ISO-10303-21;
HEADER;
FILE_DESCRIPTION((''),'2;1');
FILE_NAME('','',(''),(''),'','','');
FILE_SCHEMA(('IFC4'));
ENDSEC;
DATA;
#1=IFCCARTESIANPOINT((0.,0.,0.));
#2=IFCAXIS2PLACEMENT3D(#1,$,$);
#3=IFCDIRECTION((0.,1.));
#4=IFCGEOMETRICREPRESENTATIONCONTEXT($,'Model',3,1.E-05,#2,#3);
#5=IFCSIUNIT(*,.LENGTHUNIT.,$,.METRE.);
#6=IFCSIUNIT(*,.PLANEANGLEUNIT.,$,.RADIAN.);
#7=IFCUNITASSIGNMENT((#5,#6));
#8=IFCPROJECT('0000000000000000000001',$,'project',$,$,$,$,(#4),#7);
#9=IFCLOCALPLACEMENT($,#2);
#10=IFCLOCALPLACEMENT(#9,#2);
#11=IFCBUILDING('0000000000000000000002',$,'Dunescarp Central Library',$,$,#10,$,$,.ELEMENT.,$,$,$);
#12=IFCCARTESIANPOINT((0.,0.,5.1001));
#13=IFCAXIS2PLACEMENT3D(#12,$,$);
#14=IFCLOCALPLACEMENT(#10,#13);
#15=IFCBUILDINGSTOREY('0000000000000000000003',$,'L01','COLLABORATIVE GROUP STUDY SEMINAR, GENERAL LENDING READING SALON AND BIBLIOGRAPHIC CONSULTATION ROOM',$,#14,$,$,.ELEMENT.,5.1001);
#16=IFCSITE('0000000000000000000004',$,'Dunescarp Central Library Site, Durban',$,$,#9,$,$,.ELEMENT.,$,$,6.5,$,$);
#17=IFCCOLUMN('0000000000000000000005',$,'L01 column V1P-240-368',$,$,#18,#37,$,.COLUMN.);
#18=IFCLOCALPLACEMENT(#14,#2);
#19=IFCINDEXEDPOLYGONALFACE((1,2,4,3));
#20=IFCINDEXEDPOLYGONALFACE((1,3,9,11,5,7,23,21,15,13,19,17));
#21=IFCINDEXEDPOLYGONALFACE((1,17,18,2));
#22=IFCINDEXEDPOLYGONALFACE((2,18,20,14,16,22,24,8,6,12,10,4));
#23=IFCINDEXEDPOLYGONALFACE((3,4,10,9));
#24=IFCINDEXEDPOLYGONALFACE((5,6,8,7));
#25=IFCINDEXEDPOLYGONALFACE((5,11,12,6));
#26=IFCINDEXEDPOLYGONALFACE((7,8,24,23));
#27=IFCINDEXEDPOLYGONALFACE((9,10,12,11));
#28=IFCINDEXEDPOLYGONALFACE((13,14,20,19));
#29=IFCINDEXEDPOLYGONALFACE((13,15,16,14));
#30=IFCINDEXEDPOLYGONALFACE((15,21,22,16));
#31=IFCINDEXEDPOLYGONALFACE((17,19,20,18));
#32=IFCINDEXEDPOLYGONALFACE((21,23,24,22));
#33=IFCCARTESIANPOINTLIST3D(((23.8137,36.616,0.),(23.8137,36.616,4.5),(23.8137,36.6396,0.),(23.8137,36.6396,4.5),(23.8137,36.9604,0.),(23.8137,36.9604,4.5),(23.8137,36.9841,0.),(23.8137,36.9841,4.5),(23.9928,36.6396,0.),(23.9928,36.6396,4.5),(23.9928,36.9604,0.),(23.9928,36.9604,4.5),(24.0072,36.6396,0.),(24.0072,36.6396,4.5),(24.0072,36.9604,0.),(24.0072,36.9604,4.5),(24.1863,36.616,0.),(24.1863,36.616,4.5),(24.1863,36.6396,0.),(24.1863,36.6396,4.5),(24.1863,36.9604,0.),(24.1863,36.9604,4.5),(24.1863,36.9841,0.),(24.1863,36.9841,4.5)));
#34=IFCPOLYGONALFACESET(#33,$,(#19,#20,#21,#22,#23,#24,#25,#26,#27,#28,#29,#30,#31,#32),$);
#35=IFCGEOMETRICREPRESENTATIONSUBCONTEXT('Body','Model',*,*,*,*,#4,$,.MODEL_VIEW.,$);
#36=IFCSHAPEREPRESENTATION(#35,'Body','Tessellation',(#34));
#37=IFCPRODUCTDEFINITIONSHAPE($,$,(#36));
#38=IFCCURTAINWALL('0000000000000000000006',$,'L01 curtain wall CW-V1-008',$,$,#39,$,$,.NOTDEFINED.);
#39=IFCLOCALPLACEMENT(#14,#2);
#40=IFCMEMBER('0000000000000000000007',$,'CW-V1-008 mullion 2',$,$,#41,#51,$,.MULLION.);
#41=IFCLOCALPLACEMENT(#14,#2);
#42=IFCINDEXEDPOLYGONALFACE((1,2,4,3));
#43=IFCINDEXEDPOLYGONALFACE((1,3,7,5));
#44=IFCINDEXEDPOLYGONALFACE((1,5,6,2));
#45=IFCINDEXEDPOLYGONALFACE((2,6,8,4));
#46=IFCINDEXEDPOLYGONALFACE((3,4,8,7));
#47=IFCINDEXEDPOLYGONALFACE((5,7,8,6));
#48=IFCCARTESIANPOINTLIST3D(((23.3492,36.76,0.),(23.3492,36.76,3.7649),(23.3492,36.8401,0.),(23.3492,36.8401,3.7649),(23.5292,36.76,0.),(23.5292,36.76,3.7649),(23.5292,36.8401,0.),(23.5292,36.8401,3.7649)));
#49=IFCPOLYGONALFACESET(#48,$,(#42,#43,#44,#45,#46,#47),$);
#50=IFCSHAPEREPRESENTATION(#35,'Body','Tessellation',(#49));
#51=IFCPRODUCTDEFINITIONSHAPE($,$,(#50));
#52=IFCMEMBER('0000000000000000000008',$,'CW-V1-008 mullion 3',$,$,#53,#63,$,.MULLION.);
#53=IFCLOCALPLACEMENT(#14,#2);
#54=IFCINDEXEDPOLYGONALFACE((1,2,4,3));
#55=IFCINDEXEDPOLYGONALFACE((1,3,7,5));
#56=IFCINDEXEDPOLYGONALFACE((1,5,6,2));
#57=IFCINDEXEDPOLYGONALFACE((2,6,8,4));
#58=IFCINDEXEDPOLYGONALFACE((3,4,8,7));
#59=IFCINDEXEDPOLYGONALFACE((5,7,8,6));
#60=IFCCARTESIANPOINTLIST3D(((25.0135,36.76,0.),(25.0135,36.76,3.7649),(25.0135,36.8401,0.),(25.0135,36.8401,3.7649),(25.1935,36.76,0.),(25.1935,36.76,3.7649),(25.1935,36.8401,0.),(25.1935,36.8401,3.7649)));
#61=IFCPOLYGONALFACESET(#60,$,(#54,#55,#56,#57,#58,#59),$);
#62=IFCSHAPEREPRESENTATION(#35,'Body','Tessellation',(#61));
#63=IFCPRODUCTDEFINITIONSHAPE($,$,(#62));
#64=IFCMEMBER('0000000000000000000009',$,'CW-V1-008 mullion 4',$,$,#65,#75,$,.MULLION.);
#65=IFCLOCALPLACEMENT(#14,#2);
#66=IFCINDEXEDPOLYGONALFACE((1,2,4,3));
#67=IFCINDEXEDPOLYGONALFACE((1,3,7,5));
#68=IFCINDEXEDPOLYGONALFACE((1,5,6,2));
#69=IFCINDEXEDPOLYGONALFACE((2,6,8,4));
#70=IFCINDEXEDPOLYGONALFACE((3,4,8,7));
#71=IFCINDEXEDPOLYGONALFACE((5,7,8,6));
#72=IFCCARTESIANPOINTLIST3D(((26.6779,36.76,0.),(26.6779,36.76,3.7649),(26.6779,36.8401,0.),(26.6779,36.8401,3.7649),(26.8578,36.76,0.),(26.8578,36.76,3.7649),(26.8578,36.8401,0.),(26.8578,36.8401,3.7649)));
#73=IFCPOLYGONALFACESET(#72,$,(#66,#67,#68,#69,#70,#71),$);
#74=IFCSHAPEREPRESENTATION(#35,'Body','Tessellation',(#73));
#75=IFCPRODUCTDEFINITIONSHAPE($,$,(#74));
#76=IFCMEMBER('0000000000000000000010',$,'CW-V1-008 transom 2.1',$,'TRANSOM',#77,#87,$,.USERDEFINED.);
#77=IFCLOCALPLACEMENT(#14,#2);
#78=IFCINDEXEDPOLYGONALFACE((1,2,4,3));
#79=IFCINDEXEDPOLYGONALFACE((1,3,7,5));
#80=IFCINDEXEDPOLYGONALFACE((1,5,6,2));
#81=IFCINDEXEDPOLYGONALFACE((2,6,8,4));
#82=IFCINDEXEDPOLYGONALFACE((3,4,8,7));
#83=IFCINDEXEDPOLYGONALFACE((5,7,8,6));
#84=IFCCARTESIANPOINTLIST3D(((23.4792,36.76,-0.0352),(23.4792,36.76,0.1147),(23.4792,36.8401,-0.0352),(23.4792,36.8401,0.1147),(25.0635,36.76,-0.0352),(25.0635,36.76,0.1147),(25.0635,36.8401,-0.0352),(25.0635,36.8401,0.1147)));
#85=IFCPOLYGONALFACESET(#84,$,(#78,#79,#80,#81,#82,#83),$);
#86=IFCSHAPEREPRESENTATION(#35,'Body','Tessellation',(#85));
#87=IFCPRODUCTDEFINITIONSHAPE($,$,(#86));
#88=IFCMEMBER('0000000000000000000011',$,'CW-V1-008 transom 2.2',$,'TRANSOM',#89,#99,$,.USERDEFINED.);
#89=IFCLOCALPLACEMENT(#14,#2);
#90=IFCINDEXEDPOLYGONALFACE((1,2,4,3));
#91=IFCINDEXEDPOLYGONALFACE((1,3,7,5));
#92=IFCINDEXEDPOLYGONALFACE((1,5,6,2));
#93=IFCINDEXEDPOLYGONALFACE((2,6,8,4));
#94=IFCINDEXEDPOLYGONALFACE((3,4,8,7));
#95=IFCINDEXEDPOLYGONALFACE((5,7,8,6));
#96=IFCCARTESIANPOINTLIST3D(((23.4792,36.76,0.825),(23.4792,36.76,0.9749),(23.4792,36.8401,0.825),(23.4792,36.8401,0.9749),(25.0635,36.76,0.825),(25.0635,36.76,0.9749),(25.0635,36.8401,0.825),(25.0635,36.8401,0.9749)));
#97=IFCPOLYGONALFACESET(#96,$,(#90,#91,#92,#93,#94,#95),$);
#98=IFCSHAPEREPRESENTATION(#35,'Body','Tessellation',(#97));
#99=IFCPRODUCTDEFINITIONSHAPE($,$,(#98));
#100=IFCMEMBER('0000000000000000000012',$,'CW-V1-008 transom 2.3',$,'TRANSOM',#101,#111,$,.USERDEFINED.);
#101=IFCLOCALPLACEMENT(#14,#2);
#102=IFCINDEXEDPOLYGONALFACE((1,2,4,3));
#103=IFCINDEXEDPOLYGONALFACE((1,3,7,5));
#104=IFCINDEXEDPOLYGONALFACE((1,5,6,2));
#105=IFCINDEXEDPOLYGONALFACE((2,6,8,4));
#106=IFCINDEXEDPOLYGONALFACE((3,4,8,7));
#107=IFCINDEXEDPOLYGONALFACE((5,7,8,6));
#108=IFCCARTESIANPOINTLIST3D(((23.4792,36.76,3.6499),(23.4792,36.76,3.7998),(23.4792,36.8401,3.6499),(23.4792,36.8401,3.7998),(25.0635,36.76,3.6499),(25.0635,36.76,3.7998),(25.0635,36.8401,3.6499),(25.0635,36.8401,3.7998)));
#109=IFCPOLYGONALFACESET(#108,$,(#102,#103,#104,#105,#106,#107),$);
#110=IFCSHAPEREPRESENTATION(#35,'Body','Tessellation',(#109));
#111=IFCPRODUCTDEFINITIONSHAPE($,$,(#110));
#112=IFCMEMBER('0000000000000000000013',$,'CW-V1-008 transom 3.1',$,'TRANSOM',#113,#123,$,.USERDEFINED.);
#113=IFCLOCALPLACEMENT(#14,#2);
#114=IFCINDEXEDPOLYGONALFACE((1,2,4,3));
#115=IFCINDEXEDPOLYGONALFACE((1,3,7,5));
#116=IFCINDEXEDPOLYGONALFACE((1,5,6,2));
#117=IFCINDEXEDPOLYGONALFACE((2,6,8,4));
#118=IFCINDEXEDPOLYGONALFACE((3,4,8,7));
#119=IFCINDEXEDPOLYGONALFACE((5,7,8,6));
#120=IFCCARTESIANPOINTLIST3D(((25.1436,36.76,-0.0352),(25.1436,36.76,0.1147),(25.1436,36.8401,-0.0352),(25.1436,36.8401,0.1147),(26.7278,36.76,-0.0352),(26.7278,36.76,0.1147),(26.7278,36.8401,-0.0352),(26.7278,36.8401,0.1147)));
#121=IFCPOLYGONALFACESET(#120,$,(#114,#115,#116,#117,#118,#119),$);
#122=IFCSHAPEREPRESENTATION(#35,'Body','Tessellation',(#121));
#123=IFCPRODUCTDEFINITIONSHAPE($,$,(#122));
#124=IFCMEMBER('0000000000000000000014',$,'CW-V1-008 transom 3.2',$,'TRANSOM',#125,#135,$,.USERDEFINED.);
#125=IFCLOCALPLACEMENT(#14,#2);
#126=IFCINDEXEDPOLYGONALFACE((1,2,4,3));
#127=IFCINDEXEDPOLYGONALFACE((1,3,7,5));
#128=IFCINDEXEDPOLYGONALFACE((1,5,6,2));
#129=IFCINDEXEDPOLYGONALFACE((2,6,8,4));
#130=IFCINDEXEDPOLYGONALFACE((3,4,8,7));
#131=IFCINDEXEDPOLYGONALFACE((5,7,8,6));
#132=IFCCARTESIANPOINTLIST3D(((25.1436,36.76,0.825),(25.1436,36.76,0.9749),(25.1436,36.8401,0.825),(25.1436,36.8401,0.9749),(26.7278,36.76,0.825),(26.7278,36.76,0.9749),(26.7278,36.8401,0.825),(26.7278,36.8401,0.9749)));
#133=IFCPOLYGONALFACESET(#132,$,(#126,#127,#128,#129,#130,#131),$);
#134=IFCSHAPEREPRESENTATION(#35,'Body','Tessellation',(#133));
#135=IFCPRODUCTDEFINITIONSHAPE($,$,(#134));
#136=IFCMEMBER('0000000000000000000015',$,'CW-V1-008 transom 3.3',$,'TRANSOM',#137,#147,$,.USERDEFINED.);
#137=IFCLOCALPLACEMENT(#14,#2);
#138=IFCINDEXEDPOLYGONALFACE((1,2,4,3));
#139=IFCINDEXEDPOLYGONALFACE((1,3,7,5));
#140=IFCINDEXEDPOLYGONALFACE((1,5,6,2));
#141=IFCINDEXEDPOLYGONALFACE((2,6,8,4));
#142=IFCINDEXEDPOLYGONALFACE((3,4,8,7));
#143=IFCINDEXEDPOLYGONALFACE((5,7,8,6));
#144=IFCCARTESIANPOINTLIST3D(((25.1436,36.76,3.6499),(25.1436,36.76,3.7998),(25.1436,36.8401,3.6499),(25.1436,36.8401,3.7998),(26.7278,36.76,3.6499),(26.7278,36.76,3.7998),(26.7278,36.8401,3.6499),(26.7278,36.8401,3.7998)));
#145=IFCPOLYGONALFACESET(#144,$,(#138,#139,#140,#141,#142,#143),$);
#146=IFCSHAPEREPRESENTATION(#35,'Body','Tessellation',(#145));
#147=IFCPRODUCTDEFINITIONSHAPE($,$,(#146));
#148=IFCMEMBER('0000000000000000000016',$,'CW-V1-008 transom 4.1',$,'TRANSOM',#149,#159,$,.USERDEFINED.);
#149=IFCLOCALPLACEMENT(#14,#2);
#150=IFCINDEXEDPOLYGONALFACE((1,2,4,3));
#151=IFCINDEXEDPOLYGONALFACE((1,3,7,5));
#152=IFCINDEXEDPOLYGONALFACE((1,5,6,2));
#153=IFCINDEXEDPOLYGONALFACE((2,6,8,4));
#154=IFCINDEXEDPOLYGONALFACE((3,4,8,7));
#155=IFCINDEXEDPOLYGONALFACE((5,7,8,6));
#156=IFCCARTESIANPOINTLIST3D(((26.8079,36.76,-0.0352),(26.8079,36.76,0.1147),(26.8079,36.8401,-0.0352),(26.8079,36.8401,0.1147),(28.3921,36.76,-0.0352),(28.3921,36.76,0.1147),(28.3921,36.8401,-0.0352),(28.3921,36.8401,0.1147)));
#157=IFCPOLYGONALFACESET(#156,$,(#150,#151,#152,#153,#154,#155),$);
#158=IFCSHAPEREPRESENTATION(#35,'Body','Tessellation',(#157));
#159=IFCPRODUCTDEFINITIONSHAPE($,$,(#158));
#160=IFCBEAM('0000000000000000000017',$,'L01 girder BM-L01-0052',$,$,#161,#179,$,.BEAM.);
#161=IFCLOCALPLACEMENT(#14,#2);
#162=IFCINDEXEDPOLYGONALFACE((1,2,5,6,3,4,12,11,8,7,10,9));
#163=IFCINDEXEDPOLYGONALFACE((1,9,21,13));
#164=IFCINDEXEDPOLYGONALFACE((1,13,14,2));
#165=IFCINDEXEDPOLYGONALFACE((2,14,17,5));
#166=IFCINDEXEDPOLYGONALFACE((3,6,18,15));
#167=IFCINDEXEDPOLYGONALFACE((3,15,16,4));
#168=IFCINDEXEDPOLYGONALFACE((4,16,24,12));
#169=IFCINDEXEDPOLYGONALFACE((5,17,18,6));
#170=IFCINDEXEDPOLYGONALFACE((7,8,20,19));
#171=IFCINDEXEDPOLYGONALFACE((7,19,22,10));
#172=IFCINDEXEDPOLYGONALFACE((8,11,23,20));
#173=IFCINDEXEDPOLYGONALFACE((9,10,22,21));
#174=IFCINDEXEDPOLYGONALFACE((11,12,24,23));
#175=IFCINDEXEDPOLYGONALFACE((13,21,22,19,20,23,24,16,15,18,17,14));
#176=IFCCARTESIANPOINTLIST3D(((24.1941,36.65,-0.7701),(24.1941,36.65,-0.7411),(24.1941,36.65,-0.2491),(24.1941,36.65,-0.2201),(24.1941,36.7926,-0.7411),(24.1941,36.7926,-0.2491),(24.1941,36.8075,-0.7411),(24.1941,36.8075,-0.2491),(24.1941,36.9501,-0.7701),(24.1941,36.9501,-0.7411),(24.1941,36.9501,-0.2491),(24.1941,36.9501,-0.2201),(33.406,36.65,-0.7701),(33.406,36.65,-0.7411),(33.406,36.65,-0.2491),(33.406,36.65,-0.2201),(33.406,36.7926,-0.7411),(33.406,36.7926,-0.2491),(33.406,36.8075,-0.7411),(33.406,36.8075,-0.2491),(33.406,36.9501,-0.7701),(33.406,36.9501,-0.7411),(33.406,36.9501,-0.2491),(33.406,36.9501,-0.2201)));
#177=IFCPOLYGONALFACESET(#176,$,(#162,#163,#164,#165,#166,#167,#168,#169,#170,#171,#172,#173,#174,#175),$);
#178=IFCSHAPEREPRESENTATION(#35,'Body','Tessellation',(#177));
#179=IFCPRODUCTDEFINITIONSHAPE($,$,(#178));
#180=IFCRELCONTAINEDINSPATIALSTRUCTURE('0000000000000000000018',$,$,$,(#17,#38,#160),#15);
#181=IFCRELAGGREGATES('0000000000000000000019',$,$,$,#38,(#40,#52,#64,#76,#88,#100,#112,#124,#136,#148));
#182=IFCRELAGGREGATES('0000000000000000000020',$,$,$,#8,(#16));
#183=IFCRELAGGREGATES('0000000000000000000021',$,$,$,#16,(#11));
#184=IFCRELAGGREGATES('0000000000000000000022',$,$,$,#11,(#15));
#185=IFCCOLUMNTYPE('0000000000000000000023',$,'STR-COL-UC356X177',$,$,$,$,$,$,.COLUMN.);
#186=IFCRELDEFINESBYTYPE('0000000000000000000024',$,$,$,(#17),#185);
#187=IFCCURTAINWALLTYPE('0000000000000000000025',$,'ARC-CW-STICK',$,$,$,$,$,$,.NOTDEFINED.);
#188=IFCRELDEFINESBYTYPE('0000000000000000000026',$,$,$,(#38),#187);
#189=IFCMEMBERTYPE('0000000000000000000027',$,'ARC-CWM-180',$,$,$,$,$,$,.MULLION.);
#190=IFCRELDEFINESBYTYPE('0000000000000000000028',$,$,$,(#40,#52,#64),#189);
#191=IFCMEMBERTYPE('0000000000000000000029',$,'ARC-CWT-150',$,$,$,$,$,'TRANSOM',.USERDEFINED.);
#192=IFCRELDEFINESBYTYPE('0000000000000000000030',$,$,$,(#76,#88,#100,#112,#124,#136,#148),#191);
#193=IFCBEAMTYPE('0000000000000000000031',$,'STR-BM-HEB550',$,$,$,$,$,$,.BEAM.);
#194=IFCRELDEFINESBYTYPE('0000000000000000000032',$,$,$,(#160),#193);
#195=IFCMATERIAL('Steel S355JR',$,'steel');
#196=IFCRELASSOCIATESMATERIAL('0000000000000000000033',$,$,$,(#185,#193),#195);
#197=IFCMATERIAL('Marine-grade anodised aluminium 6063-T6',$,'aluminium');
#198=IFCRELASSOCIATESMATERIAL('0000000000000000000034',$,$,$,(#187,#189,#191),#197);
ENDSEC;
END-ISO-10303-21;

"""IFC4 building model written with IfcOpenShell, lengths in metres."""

from ifc_helpers import new_model, si_unit, direction, frame, origin, origin_2d, place, context, subcontext, project, spatial, rectangle, i_section, extrude, material, material_profile, profile_set, type_object, element, aggregate, save


model = new_model("IFC4")

# Units and contexts
model_context = context("Model", 3, precision=1e-05, world=origin(), true_north=direction((0.0, 1.0)))
body_context = subcontext(model_context, "Body", "Model", "MODEL_VIEW")
ifc_project = project(units=[si_unit("LENGTHUNIT", "METRE"), si_unit("PLANEANGLEUNIT", "RADIAN")], contexts=[model_context])

# Site, building, storey
site_placement = place(None, origin())
site = spatial("IfcSite", under=ifc_project, at=site_placement, Name="Dunescarp Central Library Site, Durban", CompositionType="ELEMENT", RefElevation=6.5)
building_placement = place(site_placement, origin())
building = spatial("IfcBuilding", under=site, at=building_placement, Name="Dunescarp Central Library", CompositionType="ELEMENT")
storey_placement = place(building_placement, frame((0.0, 0.0, 5.1001)))
storey = spatial("IfcBuildingStorey", under=building, at=storey_placement, Name="L01", Description="COLLABORATIVE GROUP STUDY SEMINAR, GENERAL LENDING READING SALON AND BIBLIOGRAPHIC CONSULTATION ROOM", CompositionType="ELEMENT", Elevation=5.1001)

# Column
ifc_material_1 = material(Name="Steel S355JR", Category="steel")
ifc_material_profile_1 = material_profile(ifc_material_1, i_section(OverallWidth=0.3726, OverallDepth=0.3682, WebThickness=0.0144, FlangeThickness=0.0237, at=origin_2d()), Name="UC 356x368x177")
ifc_profile_set_1 = profile_set([ifc_material_profile_1], Name="Steel S355JR")
column_type = type_object("IfcColumnType", Name="STR-COL-UC356X177", PredefinedType="COLUMN", material=ifc_profile_set_1)
column_placement = place(storey_placement, frame((24.0, 36.8, 0.0), z_axis=(0.0, 0.0, 1.0), x_axis=(1.0, 0.0, 0.0)))
element("IfcColumn", 1, at=column_placement, inside=storey, type_object=column_type, Name="L01 column V1P-240-368", PredefinedType="COLUMN", context=body_context, shape_type="SweptSolid", body=[
    extrude(i_section(OverallWidth=0.3726, OverallDepth=0.3682, WebThickness=0.0144, FlangeThickness=0.0237, at=origin_2d()), origin(), (0.0, 0.0, 1.0), 4.5),
])

# Curtain wall, members
ifc_material_2 = material(Name="Marine-grade anodised aluminium 6063-T6", Category="aluminium")
curtain_wall_type = type_object("IfcCurtainWallType", Name="ARC-CW-STICK", PredefinedType="NOTDEFINED", material=ifc_material_2)
curtain_wall_placement = place(storey_placement, origin())
curtain_wall = element("IfcCurtainWall", 2, at=curtain_wall_placement, inside=storey, type_object=curtain_wall_type, Name="L01 curtain wall CW-V1-008", PredefinedType="NOTDEFINED")
ifc_material_profile_2 = material_profile(ifc_material_2, rectangle(XDim=0.0801, YDim=0.1799, at=origin_2d()), Name="AL 80x180")
ifc_profile_set_2 = profile_set([ifc_material_profile_2], Name="Marine-grade anodised aluminium 6063-T6")
member_type_1 = type_object("IfcMemberType", Name="ARC-CWM-180", PredefinedType="MULLION", material=ifc_profile_set_2)
member_1_placement = place(storey_placement, frame((23.4392, 36.8, 0.0), z_axis=(0.0, 0.0, 1.0), x_axis=(0.0, 1.0, 0.0)))
member_1 = element("IfcMember", 3, at=member_1_placement, type_object=member_type_1, Name="CW-V1-008 mullion 2", PredefinedType="MULLION", context=body_context, shape_type="SweptSolid", body=[
    extrude(rectangle(XDim=0.0801, YDim=0.1799, at=origin_2d()), origin(), (0.0, 0.0, 1.0), 3.7649),
])
member_2_placement = place(storey_placement, frame((25.1035, 36.8, 0.0), z_axis=(0.0, 0.0, 1.0), x_axis=(0.0, 1.0, 0.0)))
member_2 = element("IfcMember", 4, at=member_2_placement, type_object=member_type_1, Name="CW-V1-008 mullion 3", PredefinedType="MULLION", context=body_context, shape_type="SweptSolid", body=[
    extrude(rectangle(XDim=0.0801, YDim=0.1799, at=origin_2d()), origin(), (0.0, 0.0, 1.0), 3.7649),
])
member_3_placement = place(storey_placement, frame((26.7678, 36.8, 0.0), z_axis=(0.0, 0.0, 1.0), x_axis=(0.0, 1.0, 0.0)))
member_3 = element("IfcMember", 5, at=member_3_placement, type_object=member_type_1, Name="CW-V1-008 mullion 4", PredefinedType="MULLION", context=body_context, shape_type="SweptSolid", body=[
    extrude(rectangle(XDim=0.0801, YDim=0.1799, at=origin_2d()), origin(), (0.0, 0.0, 1.0), 3.7649),
])
ifc_material_profile_3 = material_profile(ifc_material_2, rectangle(XDim=0.0801, YDim=0.1499, at=origin_2d()), Name="AL 80x150")
ifc_profile_set_3 = profile_set([ifc_material_profile_3], Name="Marine-grade anodised aluminium 6063-T6")
member_type_2 = type_object("IfcMemberType", Name="ARC-CWT-150", ElementType="TRANSOM", PredefinedType="USERDEFINED", material=ifc_profile_set_3)
member_4_placement = place(storey_placement, frame((23.4792, 36.8, 0.0398), z_axis=(1.0, 0.0, 0.0), x_axis=(0.0, 1.0, 0.0)))
member_4 = element("IfcMember", 6, at=member_4_placement, type_object=member_type_2, Name="CW-V1-008 transom 2.1", ObjectType="TRANSOM", PredefinedType="USERDEFINED", context=body_context, shape_type="SweptSolid", body=[
    extrude(rectangle(XDim=0.0801, YDim=0.1499, at=origin_2d()), origin(), (0.0, 0.0, 1.0), 1.5842),
])
member_5_placement = place(storey_placement, frame((23.4792, 36.8, 0.8999), z_axis=(1.0, 0.0, 0.0), x_axis=(0.0, 1.0, 0.0)))
member_5 = element("IfcMember", 7, at=member_5_placement, type_object=member_type_2, Name="CW-V1-008 transom 2.2", ObjectType="TRANSOM", PredefinedType="USERDEFINED", context=body_context, shape_type="SweptSolid", body=[
    extrude(rectangle(XDim=0.0801, YDim=0.1499, at=origin_2d()), origin(), (0.0, 0.0, 1.0), 1.5842),
])
member_6_placement = place(storey_placement, frame((23.4792, 36.8, 3.7249), z_axis=(1.0, 0.0, 0.0), x_axis=(0.0, 1.0, 0.0)))
member_6 = element("IfcMember", 8, at=member_6_placement, type_object=member_type_2, Name="CW-V1-008 transom 2.3", ObjectType="TRANSOM", PredefinedType="USERDEFINED", context=body_context, shape_type="SweptSolid", body=[
    extrude(rectangle(XDim=0.0801, YDim=0.1499, at=origin_2d()), origin(), (0.0, 0.0, 1.0), 1.5842),
])
member_7_placement = place(storey_placement, frame((25.1436, 36.8, 0.0398), z_axis=(1.0, 0.0, 0.0), x_axis=(0.0, 1.0, 0.0)))
member_7 = element("IfcMember", 9, at=member_7_placement, type_object=member_type_2, Name="CW-V1-008 transom 3.1", ObjectType="TRANSOM", PredefinedType="USERDEFINED", context=body_context, shape_type="SweptSolid", body=[
    extrude(rectangle(XDim=0.0801, YDim=0.1499, at=origin_2d()), origin(), (0.0, 0.0, 1.0), 1.5842),
])
member_8_placement = place(storey_placement, frame((25.1436, 36.8, 0.8999), z_axis=(1.0, 0.0, 0.0), x_axis=(0.0, 1.0, 0.0)))
member_8 = element("IfcMember", 10, at=member_8_placement, type_object=member_type_2, Name="CW-V1-008 transom 3.2", ObjectType="TRANSOM", PredefinedType="USERDEFINED", context=body_context, shape_type="SweptSolid", body=[
    extrude(rectangle(XDim=0.0801, YDim=0.1499, at=origin_2d()), origin(), (0.0, 0.0, 1.0), 1.5842),
])
member_9_placement = place(storey_placement, frame((25.1436, 36.8, 3.7249), z_axis=(1.0, 0.0, 0.0), x_axis=(0.0, 1.0, 0.0)))
member_9 = element("IfcMember", 11, at=member_9_placement, type_object=member_type_2, Name="CW-V1-008 transom 3.3", ObjectType="TRANSOM", PredefinedType="USERDEFINED", context=body_context, shape_type="SweptSolid", body=[
    extrude(rectangle(XDim=0.0801, YDim=0.1499, at=origin_2d()), origin(), (0.0, 0.0, 1.0), 1.5842),
])
member_10_placement = place(storey_placement, frame((26.8079, 36.8, 0.0398), z_axis=(1.0, 0.0, 0.0), x_axis=(0.0, 1.0, 0.0)))
member_10 = element("IfcMember", 12, at=member_10_placement, type_object=member_type_2, Name="CW-V1-008 transom 4.1", ObjectType="TRANSOM", PredefinedType="USERDEFINED", context=body_context, shape_type="SweptSolid", body=[
    extrude(rectangle(XDim=0.0801, YDim=0.1499, at=origin_2d()), origin(), (0.0, 0.0, 1.0), 1.5842),
])

# Beam
ifc_material_profile_4 = material_profile(ifc_material_1, i_section(OverallWidth=0.3, OverallDepth=0.55, WebThickness=0.0149, FlangeThickness=0.0291, at=origin_2d()), Name="HEB 550")
ifc_profile_set_4 = profile_set([ifc_material_profile_4], Name="Steel S355JR")
beam_type = type_object("IfcBeamType", Name="STR-BM-HEB550", PredefinedType="BEAM", material=ifc_profile_set_4)
beam_placement = place(storey_placement, frame((24.1941, 36.8, -0.4951), z_axis=(1.0, 0.0, 0.0), x_axis=(0.0, 1.0, 0.0)))
element("IfcBeam", 13, at=beam_placement, inside=storey, type_object=beam_type, Name="L01 girder BM-L01-0052", PredefinedType="BEAM", context=body_context, shape_type="SweptSolid", body=[
    extrude(i_section(OverallWidth=0.3, OverallDepth=0.55, WebThickness=0.0149, FlangeThickness=0.0291, at=origin_2d()), origin(), (0.0, 0.0, 1.0), 9.2119),
])

aggregate(curtain_wall, [member_1, member_2, member_3, member_4, member_5, member_6, member_7, member_8, member_9, member_10])

save(model, "model.ifc")
